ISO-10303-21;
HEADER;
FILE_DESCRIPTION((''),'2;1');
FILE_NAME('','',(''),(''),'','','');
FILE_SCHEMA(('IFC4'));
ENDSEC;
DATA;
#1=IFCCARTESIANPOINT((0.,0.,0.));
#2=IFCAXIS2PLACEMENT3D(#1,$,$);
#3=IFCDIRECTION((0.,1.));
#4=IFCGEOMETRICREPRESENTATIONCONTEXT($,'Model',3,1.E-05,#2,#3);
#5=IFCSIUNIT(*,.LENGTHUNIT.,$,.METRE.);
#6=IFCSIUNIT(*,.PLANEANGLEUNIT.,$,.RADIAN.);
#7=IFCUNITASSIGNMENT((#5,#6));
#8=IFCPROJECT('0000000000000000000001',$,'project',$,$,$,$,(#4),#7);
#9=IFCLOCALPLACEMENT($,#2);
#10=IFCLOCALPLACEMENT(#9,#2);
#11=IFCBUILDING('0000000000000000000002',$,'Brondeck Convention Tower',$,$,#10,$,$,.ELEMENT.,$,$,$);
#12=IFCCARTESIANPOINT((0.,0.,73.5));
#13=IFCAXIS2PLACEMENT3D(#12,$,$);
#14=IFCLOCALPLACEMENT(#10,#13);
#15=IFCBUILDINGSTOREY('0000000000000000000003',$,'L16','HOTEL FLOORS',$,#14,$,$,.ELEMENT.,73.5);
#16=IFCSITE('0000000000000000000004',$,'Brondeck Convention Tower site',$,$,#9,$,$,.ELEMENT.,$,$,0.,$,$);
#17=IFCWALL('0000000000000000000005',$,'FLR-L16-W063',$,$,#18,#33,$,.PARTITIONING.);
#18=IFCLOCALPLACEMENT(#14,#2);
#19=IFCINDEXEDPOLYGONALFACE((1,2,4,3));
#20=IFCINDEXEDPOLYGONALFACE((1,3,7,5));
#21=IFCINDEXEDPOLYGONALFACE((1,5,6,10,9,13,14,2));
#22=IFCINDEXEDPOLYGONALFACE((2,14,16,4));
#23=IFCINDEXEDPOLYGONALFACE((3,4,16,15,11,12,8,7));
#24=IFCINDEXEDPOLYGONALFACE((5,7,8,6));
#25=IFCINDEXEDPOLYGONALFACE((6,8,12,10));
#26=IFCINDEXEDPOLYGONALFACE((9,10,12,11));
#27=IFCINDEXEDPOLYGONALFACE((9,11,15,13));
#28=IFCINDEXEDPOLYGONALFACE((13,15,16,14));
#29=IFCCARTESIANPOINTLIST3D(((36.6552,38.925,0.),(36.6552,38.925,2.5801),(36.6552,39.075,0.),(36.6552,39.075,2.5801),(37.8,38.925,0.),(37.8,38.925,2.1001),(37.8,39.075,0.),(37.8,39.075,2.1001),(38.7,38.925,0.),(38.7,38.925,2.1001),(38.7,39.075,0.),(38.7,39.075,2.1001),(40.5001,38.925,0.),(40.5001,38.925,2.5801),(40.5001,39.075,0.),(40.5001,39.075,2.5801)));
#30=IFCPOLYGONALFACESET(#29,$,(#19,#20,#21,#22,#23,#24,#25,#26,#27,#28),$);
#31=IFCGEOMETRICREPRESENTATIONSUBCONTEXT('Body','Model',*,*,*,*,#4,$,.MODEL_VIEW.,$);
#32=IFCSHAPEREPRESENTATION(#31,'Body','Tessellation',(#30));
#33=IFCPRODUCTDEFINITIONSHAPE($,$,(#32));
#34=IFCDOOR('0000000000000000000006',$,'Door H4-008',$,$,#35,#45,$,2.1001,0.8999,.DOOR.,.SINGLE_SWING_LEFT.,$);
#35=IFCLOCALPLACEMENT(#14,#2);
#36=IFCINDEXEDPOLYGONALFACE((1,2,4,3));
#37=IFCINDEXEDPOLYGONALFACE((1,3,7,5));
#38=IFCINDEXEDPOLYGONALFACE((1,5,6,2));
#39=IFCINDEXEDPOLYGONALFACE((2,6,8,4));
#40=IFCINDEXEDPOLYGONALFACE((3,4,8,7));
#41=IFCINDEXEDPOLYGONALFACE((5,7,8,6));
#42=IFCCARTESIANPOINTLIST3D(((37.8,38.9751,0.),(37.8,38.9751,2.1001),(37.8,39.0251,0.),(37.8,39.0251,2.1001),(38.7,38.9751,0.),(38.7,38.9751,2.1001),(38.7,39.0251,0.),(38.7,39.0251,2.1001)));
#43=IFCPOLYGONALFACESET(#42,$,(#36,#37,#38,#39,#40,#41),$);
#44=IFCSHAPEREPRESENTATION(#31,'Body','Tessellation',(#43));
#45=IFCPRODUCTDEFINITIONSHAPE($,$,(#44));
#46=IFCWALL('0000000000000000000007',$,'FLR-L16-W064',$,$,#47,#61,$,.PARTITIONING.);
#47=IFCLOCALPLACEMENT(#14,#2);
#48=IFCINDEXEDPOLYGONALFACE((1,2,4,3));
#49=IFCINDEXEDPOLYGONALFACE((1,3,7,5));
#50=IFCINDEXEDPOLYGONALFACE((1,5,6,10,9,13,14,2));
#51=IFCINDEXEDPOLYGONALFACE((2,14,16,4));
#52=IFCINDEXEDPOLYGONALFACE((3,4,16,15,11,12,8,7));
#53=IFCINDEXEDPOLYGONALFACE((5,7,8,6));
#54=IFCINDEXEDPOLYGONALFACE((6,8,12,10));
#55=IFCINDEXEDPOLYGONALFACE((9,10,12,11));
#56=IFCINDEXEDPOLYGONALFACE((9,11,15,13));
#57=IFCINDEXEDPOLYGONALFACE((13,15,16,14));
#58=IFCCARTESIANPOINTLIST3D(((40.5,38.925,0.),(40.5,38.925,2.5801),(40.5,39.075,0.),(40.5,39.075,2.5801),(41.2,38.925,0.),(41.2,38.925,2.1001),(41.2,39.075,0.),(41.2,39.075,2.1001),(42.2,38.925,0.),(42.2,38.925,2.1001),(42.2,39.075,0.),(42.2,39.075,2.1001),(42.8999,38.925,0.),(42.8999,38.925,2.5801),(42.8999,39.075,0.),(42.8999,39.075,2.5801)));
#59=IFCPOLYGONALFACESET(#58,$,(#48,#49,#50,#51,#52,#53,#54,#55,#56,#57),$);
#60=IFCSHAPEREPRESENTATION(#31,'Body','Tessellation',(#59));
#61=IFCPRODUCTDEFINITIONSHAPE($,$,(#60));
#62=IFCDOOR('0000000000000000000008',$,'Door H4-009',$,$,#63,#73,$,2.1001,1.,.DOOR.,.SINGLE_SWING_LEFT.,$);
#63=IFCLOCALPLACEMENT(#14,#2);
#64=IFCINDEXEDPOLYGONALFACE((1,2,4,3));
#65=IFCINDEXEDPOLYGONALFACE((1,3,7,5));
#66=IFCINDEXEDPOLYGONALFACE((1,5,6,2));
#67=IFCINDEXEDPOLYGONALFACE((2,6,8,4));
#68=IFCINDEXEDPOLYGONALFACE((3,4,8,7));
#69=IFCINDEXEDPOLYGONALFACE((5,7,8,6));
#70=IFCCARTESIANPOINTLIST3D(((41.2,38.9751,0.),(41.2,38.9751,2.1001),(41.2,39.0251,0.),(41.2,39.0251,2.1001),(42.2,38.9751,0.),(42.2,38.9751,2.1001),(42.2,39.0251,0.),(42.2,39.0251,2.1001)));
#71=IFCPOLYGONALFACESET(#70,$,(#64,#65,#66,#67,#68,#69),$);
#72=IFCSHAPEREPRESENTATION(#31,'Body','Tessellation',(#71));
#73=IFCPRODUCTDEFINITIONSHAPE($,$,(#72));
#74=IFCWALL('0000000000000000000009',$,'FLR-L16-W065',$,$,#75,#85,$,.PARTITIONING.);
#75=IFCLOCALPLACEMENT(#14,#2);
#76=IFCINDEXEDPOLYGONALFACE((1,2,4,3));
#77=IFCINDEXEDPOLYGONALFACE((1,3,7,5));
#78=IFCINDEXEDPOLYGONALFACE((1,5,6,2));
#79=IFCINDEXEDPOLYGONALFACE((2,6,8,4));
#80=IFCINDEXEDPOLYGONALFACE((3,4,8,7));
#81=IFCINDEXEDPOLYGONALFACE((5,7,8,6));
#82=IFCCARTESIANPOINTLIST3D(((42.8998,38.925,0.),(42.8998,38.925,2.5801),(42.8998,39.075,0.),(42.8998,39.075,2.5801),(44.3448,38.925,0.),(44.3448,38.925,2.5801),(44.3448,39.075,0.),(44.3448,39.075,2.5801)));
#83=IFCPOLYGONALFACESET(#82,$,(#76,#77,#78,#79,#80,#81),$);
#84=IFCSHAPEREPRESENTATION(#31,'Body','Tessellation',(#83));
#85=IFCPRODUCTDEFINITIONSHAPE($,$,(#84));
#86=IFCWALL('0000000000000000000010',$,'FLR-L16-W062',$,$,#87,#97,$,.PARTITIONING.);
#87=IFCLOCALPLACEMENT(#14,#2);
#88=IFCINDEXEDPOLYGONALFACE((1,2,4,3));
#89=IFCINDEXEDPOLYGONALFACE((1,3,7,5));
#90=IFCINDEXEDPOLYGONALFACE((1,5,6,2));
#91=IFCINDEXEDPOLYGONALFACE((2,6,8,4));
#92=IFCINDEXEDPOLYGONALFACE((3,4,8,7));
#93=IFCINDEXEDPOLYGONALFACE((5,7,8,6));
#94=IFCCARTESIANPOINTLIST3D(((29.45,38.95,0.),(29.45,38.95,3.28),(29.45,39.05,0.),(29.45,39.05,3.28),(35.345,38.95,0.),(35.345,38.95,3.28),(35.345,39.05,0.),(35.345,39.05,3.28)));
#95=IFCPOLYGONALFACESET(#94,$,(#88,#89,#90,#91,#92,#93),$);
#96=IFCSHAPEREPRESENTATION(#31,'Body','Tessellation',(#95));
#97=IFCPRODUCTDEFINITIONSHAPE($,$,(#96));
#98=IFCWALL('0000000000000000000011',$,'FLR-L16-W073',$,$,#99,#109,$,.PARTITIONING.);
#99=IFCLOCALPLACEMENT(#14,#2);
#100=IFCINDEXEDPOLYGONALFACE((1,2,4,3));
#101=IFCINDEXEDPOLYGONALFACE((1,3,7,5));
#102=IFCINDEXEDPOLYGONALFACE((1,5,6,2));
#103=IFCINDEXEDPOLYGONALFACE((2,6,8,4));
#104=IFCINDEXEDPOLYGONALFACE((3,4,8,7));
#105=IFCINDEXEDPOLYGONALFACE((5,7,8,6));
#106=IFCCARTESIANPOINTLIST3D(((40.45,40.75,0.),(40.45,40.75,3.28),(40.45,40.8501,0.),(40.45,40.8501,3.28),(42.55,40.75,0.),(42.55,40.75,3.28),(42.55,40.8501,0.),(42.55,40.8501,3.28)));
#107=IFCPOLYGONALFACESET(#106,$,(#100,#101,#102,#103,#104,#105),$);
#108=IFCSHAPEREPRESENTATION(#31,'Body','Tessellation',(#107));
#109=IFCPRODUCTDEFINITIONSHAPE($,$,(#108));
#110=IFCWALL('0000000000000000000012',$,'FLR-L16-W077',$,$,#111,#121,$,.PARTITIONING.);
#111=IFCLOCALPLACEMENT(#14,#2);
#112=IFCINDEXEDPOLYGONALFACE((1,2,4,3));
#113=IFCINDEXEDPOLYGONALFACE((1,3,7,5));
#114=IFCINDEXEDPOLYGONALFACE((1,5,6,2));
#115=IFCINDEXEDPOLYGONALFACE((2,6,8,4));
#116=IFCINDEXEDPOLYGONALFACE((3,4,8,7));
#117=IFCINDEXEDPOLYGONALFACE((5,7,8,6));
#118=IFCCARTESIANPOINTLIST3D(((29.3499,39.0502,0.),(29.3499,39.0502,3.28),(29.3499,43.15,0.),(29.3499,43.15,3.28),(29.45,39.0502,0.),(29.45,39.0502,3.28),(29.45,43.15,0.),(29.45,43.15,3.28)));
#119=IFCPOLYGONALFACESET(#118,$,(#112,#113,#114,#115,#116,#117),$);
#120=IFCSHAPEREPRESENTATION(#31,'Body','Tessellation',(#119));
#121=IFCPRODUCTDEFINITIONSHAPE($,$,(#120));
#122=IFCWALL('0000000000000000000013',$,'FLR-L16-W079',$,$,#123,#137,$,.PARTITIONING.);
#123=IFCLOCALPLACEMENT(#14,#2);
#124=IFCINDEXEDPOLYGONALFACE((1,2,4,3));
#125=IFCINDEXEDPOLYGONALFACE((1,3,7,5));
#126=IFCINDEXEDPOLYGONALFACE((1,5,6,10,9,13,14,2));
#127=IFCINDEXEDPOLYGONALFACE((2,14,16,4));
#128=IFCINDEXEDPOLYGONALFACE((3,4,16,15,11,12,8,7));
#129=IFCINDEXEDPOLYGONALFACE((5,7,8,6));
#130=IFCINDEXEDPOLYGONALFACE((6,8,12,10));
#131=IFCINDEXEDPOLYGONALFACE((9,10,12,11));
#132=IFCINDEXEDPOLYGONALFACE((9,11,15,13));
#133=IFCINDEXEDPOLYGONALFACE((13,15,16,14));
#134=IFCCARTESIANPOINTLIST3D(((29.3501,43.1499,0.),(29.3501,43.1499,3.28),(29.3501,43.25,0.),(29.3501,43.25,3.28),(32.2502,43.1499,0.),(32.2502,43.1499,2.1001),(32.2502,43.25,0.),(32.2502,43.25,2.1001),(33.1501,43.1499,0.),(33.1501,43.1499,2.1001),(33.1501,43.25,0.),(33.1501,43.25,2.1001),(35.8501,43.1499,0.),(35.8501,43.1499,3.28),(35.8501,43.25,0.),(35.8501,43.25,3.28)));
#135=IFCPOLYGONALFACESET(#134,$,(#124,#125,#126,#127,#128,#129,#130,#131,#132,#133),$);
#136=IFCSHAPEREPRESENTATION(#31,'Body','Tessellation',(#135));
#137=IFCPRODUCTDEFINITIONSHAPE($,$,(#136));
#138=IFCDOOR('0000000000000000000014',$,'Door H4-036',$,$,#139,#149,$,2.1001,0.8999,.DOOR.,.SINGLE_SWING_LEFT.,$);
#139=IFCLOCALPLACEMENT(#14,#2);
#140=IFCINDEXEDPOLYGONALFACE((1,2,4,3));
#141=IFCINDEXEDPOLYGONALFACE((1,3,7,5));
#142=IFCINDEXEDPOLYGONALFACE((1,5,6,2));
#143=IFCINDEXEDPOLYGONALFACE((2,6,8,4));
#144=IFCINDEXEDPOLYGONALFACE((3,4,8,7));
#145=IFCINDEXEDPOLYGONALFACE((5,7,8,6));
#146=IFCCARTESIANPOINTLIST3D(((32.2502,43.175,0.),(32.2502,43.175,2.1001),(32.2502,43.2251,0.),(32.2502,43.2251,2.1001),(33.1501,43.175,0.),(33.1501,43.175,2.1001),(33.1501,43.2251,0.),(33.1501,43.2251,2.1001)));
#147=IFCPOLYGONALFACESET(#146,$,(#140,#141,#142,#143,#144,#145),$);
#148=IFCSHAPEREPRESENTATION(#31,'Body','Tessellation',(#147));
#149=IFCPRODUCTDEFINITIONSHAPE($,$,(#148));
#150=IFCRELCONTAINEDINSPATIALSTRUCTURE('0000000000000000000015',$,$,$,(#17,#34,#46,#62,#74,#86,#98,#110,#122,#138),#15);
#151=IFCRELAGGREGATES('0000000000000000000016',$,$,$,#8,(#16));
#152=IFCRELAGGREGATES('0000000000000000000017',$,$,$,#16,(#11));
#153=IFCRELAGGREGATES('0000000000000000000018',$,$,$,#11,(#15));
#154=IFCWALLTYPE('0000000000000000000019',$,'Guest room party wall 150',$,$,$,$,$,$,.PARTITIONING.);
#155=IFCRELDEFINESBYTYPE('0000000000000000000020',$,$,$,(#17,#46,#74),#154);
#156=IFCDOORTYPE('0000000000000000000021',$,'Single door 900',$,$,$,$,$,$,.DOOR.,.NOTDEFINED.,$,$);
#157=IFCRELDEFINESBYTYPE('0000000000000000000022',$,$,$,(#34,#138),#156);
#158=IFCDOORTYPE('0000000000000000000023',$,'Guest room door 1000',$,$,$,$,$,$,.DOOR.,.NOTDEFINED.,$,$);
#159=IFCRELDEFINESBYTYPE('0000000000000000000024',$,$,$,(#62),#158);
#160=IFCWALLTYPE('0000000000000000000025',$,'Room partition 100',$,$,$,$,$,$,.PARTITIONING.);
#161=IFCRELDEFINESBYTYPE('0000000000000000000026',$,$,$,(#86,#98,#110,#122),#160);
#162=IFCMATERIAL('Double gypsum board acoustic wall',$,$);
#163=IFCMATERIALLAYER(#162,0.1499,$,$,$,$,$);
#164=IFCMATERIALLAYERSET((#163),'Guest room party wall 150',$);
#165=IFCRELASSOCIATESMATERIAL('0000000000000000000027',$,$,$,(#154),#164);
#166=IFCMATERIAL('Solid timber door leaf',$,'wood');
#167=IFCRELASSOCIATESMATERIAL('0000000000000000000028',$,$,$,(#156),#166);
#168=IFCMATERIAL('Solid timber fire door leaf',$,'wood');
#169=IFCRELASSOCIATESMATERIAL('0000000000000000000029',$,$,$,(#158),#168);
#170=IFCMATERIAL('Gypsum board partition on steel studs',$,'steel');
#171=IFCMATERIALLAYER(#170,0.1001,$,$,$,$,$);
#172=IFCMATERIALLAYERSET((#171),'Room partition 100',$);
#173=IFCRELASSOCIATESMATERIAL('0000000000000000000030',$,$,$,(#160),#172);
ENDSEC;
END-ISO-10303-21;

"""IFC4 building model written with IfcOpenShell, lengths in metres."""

from ifc_helpers import new_model, si_unit, direction, frame, frame_2d, origin, place, context, subcontext, project, spatial, rectangle, extrude, material, layer, layer_set, type_object, element, fill, save


model = new_model("IFC4")

# Units and contexts
model_context = context("Model", 3, precision=1e-05, world=origin(), true_north=direction((0.0, 1.0)))
body_context = subcontext(model_context, "Body", "Model", "MODEL_VIEW")
ifc_project = project(units=[si_unit("LENGTHUNIT", "METRE"), si_unit("PLANEANGLEUNIT", "RADIAN")], contexts=[model_context])

# Site, building, storey
site_placement = place(None, origin())
site = spatial("IfcSite", under=ifc_project, at=site_placement, Name="Brondeck Convention Tower site", CompositionType="ELEMENT", RefElevation=0.0)
building_placement = place(site_placement, origin())
building = spatial("IfcBuilding", under=site, at=building_placement, Name="Brondeck Convention Tower", CompositionType="ELEMENT")
storey_placement = place(building_placement, frame((0.0, 0.0, 73.5)))
storey = spatial("IfcBuildingStorey", under=building, at=storey_placement, Name="L16", Description="HOTEL FLOORS", CompositionType="ELEMENT", Elevation=73.5)

# Walls, openings, doors
ifc_material_1 = material(Name="Double gypsum board acoustic wall")
ifc_layer_1 = layer(ifc_material_1, 0.1499)
ifc_layer_set_1 = layer_set([ifc_layer_1], Name="Guest room party wall 150")
wall_type_1 = type_object("IfcWallType", Name="Guest room party wall 150", PredefinedType="PARTITIONING", material=ifc_layer_set_1)
wall_1_placement = place(storey_placement, frame((40.5, 39.0, 0.0), z_axis=(0.0, 0.0, 1.0), x_axis=(-1.0, 0.0, 0.0)))
wall_1 = element("IfcWall", 1, at=wall_1_placement, inside=storey, type_object=wall_type_1, Name="FLR-L16-W063", PredefinedType="PARTITIONING", context=body_context, shape_type="SweptSolid", body=[
    extrude(rectangle(XDim=3.845, YDim=0.1499, at=frame_2d((1.9224, 0.0))), origin(), (0.0, 0.0, 1.0), 2.5801),
])
opening_1_placement = place(wall_1_placement, frame((1.8, 0.0, 0.0)))
opening_1 = element("IfcOpeningElement", 2, at=opening_1_placement, cuts=wall_1, PredefinedType="OPENING", context=body_context, shape_type="SweptSolid", body=[
    extrude(rectangle(XDim=0.8999, YDim=2.1001, at=frame_2d((0.45, 1.05))), frame((0.0, 0.085, 0.0), z_axis=(0.0, -1.0, 0.0), x_axis=(1.0, 0.0, 0.0)), (0.0, 0.0, 1.0), 0.1699),
])
ifc_material_2 = material(Name="Solid timber door leaf", Category="wood")
door_type_1 = type_object("IfcDoorType", Name="Single door 900", OperationType="NOTDEFINED", PredefinedType="DOOR", material=ifc_material_2)
door_1_placement = place(opening_1_placement, origin())
door_1 = element("IfcDoor", 3, at=door_1_placement, inside=storey, type_object=door_type_1, Name="Door H4-008", OperationType="SINGLE_SWING_LEFT", OverallHeight=2.1001, OverallWidth=0.8999, PredefinedType="DOOR", context=body_context, shape_type="SweptSolid", body=[
    extrude(rectangle(XDim=0.8999, YDim=2.1001, at=frame_2d((0.45, 1.05))), frame((0.0, 0.0249, 0.0), z_axis=(0.0, -1.0, 0.0), x_axis=(1.0, 0.0, 0.0)), (0.0, 0.0, 1.0), 0.05),
])
fill(opening_1, door_1)
wall_2_placement = place(storey_placement, frame((42.8999, 39.0, 0.0), z_axis=(0.0, 0.0, 1.0), x_axis=(-1.0, 0.0, 0.0)))
wall_2 = element("IfcWall", 4, at=wall_2_placement, inside=storey, type_object=wall_type_1, Name="FLR-L16-W064", PredefinedType="PARTITIONING", context=body_context, shape_type="SweptSolid", body=[
    extrude(rectangle(XDim=2.3999, YDim=0.1499, at=frame_2d((1.2, 0.0))), origin(), (0.0, 0.0, 1.0), 2.5801),
])
opening_2_placement = place(wall_2_placement, frame((0.7, 0.0, 0.0)))
opening_2 = element("IfcOpeningElement", 5, at=opening_2_placement, cuts=wall_2, PredefinedType="OPENING", context=body_context, shape_type="SweptSolid", body=[
    extrude(rectangle(XDim=1.0, YDim=2.1001, at=frame_2d((0.5, 1.05))), frame((0.0, 0.085, 0.0), z_axis=(0.0, -1.0, 0.0), x_axis=(1.0, 0.0, 0.0)), (0.0, 0.0, 1.0), 0.1699),
])
ifc_material_3 = material(Name="Solid timber fire door leaf", Category="wood")
door_type_2 = type_object("IfcDoorType", Name="Guest room door 1000", OperationType="NOTDEFINED", PredefinedType="DOOR", material=ifc_material_3)
door_2_placement = place(opening_2_placement, origin())
door_2 = element("IfcDoor", 6, at=door_2_placement, inside=storey, type_object=door_type_2, Name="Door H4-009", OperationType="SINGLE_SWING_LEFT", OverallHeight=2.1001, OverallWidth=1.0, PredefinedType="DOOR", context=body_context, shape_type="SweptSolid", body=[
    extrude(rectangle(XDim=1.0, YDim=2.1001, at=frame_2d((0.5, 1.05))), frame((0.0, 0.0249, 0.0), z_axis=(0.0, -1.0, 0.0), x_axis=(1.0, 0.0, 0.0)), (0.0, 0.0, 1.0), 0.05),
])
fill(opening_2, door_2)

# Walls
wall_3_placement = place(storey_placement, frame((44.345, 39.0, 0.0), z_axis=(0.0, 0.0, 1.0), x_axis=(-1.0, 0.0, 0.0)))
element("IfcWall", 7, at=wall_3_placement, inside=storey, type_object=wall_type_1, Name="FLR-L16-W065", PredefinedType="PARTITIONING", context=body_context, shape_type="SweptSolid", body=[
    extrude(rectangle(XDim=1.4451, YDim=0.1499, at=frame_2d((0.7227, 0.0))), origin(), (0.0, 0.0, 1.0), 2.5801),
])
ifc_material_4 = material(Name="Gypsum board partition on steel studs", Category="steel")
ifc_layer_2 = layer(ifc_material_4, 0.1001)
ifc_layer_set_2 = layer_set([ifc_layer_2], Name="Room partition 100")
wall_type_2 = type_object("IfcWallType", Name="Room partition 100", PredefinedType="PARTITIONING", material=ifc_layer_set_2)
wall_4_placement = place(storey_placement, frame((35.345, 39.0, 0.0), z_axis=(0.0, 0.0, 1.0), x_axis=(-1.0, 0.0, 0.0)))
element("IfcWall", 8, at=wall_4_placement, inside=storey, type_object=wall_type_2, Name="FLR-L16-W062", PredefinedType="PARTITIONING", context=body_context, shape_type="SweptSolid", body=[
    extrude(rectangle(XDim=5.895, YDim=0.1001, at=frame_2d((2.9475, 0.0))), origin(), (0.0, 0.0, 1.0), 3.28),
])
wall_5_placement = place(storey_placement, frame((40.45, 40.8, 0.0), z_axis=(0.0, 0.0, 1.0), x_axis=(1.0, 0.0, 0.0)))
element("IfcWall", 9, at=wall_5_placement, inside=storey, type_object=wall_type_2, Name="FLR-L16-W073", PredefinedType="PARTITIONING", context=body_context, shape_type="SweptSolid", body=[
    extrude(rectangle(XDim=2.1001, YDim=0.1001, at=frame_2d((1.05, 0.0))), origin(), (0.0, 0.0, 1.0), 3.28),
])
wall_6_placement = place(storey_placement, frame((29.3999, 43.1499, 0.0), z_axis=(0.0, 0.0, 1.0), x_axis=(0.0, -1.0, 0.0)))
element("IfcWall", 10, at=wall_6_placement, inside=storey, type_object=wall_type_2, Name="FLR-L16-W077", PredefinedType="PARTITIONING", context=body_context, shape_type="SweptSolid", body=[
    extrude(rectangle(XDim=4.0999, YDim=0.1001, at=frame_2d((2.0498, 0.0))), origin(), (0.0, 0.0, 1.0), 3.28),
])

# Wall, opening, door
wall_7_placement = place(storey_placement, frame((35.8501, 43.2, 0.0), z_axis=(0.0, 0.0, 1.0), x_axis=(-1.0, 0.0, 0.0)))
wall_7 = element("IfcWall", 11, at=wall_7_placement, inside=storey, type_object=wall_type_2, Name="FLR-L16-W079", PredefinedType="PARTITIONING", context=body_context, shape_type="SweptSolid", body=[
    extrude(rectangle(XDim=6.5, YDim=0.1001, at=frame_2d((3.25, 0.0))), origin(), (0.0, 0.0, 1.0), 3.28),
])
opening_3_placement = place(wall_7_placement, frame((2.7, 0.0, 0.0)))
opening_3 = element("IfcOpeningElement", 12, at=opening_3_placement, cuts=wall_7, PredefinedType="OPENING", context=body_context, shape_type="SweptSolid", body=[
    extrude(rectangle(XDim=0.8999, YDim=2.1001, at=frame_2d((0.45, 1.05))), frame((0.0, 0.0601, 0.0), z_axis=(0.0, -1.0, 0.0), x_axis=(1.0, 0.0, 0.0)), (0.0, 0.0, 1.0), 0.1201),
])
door_3_placement = place(opening_3_placement, origin())
door_3 = element("IfcDoor", 13, at=door_3_placement, inside=storey, type_object=door_type_1, Name="Door H4-036", OperationType="SINGLE_SWING_LEFT", OverallHeight=2.1001, OverallWidth=0.8999, PredefinedType="DOOR", context=body_context, shape_type="SweptSolid", body=[
    extrude(rectangle(XDim=0.8999, YDim=2.1001, at=frame_2d((0.45, 1.05))), frame((0.0, 0.0249, 0.0), z_axis=(0.0, -1.0, 0.0), x_axis=(1.0, 0.0, 0.0)), (0.0, 0.0, 1.0), 0.05),
])
fill(opening_3, door_3)

save(model, "model.ifc")
